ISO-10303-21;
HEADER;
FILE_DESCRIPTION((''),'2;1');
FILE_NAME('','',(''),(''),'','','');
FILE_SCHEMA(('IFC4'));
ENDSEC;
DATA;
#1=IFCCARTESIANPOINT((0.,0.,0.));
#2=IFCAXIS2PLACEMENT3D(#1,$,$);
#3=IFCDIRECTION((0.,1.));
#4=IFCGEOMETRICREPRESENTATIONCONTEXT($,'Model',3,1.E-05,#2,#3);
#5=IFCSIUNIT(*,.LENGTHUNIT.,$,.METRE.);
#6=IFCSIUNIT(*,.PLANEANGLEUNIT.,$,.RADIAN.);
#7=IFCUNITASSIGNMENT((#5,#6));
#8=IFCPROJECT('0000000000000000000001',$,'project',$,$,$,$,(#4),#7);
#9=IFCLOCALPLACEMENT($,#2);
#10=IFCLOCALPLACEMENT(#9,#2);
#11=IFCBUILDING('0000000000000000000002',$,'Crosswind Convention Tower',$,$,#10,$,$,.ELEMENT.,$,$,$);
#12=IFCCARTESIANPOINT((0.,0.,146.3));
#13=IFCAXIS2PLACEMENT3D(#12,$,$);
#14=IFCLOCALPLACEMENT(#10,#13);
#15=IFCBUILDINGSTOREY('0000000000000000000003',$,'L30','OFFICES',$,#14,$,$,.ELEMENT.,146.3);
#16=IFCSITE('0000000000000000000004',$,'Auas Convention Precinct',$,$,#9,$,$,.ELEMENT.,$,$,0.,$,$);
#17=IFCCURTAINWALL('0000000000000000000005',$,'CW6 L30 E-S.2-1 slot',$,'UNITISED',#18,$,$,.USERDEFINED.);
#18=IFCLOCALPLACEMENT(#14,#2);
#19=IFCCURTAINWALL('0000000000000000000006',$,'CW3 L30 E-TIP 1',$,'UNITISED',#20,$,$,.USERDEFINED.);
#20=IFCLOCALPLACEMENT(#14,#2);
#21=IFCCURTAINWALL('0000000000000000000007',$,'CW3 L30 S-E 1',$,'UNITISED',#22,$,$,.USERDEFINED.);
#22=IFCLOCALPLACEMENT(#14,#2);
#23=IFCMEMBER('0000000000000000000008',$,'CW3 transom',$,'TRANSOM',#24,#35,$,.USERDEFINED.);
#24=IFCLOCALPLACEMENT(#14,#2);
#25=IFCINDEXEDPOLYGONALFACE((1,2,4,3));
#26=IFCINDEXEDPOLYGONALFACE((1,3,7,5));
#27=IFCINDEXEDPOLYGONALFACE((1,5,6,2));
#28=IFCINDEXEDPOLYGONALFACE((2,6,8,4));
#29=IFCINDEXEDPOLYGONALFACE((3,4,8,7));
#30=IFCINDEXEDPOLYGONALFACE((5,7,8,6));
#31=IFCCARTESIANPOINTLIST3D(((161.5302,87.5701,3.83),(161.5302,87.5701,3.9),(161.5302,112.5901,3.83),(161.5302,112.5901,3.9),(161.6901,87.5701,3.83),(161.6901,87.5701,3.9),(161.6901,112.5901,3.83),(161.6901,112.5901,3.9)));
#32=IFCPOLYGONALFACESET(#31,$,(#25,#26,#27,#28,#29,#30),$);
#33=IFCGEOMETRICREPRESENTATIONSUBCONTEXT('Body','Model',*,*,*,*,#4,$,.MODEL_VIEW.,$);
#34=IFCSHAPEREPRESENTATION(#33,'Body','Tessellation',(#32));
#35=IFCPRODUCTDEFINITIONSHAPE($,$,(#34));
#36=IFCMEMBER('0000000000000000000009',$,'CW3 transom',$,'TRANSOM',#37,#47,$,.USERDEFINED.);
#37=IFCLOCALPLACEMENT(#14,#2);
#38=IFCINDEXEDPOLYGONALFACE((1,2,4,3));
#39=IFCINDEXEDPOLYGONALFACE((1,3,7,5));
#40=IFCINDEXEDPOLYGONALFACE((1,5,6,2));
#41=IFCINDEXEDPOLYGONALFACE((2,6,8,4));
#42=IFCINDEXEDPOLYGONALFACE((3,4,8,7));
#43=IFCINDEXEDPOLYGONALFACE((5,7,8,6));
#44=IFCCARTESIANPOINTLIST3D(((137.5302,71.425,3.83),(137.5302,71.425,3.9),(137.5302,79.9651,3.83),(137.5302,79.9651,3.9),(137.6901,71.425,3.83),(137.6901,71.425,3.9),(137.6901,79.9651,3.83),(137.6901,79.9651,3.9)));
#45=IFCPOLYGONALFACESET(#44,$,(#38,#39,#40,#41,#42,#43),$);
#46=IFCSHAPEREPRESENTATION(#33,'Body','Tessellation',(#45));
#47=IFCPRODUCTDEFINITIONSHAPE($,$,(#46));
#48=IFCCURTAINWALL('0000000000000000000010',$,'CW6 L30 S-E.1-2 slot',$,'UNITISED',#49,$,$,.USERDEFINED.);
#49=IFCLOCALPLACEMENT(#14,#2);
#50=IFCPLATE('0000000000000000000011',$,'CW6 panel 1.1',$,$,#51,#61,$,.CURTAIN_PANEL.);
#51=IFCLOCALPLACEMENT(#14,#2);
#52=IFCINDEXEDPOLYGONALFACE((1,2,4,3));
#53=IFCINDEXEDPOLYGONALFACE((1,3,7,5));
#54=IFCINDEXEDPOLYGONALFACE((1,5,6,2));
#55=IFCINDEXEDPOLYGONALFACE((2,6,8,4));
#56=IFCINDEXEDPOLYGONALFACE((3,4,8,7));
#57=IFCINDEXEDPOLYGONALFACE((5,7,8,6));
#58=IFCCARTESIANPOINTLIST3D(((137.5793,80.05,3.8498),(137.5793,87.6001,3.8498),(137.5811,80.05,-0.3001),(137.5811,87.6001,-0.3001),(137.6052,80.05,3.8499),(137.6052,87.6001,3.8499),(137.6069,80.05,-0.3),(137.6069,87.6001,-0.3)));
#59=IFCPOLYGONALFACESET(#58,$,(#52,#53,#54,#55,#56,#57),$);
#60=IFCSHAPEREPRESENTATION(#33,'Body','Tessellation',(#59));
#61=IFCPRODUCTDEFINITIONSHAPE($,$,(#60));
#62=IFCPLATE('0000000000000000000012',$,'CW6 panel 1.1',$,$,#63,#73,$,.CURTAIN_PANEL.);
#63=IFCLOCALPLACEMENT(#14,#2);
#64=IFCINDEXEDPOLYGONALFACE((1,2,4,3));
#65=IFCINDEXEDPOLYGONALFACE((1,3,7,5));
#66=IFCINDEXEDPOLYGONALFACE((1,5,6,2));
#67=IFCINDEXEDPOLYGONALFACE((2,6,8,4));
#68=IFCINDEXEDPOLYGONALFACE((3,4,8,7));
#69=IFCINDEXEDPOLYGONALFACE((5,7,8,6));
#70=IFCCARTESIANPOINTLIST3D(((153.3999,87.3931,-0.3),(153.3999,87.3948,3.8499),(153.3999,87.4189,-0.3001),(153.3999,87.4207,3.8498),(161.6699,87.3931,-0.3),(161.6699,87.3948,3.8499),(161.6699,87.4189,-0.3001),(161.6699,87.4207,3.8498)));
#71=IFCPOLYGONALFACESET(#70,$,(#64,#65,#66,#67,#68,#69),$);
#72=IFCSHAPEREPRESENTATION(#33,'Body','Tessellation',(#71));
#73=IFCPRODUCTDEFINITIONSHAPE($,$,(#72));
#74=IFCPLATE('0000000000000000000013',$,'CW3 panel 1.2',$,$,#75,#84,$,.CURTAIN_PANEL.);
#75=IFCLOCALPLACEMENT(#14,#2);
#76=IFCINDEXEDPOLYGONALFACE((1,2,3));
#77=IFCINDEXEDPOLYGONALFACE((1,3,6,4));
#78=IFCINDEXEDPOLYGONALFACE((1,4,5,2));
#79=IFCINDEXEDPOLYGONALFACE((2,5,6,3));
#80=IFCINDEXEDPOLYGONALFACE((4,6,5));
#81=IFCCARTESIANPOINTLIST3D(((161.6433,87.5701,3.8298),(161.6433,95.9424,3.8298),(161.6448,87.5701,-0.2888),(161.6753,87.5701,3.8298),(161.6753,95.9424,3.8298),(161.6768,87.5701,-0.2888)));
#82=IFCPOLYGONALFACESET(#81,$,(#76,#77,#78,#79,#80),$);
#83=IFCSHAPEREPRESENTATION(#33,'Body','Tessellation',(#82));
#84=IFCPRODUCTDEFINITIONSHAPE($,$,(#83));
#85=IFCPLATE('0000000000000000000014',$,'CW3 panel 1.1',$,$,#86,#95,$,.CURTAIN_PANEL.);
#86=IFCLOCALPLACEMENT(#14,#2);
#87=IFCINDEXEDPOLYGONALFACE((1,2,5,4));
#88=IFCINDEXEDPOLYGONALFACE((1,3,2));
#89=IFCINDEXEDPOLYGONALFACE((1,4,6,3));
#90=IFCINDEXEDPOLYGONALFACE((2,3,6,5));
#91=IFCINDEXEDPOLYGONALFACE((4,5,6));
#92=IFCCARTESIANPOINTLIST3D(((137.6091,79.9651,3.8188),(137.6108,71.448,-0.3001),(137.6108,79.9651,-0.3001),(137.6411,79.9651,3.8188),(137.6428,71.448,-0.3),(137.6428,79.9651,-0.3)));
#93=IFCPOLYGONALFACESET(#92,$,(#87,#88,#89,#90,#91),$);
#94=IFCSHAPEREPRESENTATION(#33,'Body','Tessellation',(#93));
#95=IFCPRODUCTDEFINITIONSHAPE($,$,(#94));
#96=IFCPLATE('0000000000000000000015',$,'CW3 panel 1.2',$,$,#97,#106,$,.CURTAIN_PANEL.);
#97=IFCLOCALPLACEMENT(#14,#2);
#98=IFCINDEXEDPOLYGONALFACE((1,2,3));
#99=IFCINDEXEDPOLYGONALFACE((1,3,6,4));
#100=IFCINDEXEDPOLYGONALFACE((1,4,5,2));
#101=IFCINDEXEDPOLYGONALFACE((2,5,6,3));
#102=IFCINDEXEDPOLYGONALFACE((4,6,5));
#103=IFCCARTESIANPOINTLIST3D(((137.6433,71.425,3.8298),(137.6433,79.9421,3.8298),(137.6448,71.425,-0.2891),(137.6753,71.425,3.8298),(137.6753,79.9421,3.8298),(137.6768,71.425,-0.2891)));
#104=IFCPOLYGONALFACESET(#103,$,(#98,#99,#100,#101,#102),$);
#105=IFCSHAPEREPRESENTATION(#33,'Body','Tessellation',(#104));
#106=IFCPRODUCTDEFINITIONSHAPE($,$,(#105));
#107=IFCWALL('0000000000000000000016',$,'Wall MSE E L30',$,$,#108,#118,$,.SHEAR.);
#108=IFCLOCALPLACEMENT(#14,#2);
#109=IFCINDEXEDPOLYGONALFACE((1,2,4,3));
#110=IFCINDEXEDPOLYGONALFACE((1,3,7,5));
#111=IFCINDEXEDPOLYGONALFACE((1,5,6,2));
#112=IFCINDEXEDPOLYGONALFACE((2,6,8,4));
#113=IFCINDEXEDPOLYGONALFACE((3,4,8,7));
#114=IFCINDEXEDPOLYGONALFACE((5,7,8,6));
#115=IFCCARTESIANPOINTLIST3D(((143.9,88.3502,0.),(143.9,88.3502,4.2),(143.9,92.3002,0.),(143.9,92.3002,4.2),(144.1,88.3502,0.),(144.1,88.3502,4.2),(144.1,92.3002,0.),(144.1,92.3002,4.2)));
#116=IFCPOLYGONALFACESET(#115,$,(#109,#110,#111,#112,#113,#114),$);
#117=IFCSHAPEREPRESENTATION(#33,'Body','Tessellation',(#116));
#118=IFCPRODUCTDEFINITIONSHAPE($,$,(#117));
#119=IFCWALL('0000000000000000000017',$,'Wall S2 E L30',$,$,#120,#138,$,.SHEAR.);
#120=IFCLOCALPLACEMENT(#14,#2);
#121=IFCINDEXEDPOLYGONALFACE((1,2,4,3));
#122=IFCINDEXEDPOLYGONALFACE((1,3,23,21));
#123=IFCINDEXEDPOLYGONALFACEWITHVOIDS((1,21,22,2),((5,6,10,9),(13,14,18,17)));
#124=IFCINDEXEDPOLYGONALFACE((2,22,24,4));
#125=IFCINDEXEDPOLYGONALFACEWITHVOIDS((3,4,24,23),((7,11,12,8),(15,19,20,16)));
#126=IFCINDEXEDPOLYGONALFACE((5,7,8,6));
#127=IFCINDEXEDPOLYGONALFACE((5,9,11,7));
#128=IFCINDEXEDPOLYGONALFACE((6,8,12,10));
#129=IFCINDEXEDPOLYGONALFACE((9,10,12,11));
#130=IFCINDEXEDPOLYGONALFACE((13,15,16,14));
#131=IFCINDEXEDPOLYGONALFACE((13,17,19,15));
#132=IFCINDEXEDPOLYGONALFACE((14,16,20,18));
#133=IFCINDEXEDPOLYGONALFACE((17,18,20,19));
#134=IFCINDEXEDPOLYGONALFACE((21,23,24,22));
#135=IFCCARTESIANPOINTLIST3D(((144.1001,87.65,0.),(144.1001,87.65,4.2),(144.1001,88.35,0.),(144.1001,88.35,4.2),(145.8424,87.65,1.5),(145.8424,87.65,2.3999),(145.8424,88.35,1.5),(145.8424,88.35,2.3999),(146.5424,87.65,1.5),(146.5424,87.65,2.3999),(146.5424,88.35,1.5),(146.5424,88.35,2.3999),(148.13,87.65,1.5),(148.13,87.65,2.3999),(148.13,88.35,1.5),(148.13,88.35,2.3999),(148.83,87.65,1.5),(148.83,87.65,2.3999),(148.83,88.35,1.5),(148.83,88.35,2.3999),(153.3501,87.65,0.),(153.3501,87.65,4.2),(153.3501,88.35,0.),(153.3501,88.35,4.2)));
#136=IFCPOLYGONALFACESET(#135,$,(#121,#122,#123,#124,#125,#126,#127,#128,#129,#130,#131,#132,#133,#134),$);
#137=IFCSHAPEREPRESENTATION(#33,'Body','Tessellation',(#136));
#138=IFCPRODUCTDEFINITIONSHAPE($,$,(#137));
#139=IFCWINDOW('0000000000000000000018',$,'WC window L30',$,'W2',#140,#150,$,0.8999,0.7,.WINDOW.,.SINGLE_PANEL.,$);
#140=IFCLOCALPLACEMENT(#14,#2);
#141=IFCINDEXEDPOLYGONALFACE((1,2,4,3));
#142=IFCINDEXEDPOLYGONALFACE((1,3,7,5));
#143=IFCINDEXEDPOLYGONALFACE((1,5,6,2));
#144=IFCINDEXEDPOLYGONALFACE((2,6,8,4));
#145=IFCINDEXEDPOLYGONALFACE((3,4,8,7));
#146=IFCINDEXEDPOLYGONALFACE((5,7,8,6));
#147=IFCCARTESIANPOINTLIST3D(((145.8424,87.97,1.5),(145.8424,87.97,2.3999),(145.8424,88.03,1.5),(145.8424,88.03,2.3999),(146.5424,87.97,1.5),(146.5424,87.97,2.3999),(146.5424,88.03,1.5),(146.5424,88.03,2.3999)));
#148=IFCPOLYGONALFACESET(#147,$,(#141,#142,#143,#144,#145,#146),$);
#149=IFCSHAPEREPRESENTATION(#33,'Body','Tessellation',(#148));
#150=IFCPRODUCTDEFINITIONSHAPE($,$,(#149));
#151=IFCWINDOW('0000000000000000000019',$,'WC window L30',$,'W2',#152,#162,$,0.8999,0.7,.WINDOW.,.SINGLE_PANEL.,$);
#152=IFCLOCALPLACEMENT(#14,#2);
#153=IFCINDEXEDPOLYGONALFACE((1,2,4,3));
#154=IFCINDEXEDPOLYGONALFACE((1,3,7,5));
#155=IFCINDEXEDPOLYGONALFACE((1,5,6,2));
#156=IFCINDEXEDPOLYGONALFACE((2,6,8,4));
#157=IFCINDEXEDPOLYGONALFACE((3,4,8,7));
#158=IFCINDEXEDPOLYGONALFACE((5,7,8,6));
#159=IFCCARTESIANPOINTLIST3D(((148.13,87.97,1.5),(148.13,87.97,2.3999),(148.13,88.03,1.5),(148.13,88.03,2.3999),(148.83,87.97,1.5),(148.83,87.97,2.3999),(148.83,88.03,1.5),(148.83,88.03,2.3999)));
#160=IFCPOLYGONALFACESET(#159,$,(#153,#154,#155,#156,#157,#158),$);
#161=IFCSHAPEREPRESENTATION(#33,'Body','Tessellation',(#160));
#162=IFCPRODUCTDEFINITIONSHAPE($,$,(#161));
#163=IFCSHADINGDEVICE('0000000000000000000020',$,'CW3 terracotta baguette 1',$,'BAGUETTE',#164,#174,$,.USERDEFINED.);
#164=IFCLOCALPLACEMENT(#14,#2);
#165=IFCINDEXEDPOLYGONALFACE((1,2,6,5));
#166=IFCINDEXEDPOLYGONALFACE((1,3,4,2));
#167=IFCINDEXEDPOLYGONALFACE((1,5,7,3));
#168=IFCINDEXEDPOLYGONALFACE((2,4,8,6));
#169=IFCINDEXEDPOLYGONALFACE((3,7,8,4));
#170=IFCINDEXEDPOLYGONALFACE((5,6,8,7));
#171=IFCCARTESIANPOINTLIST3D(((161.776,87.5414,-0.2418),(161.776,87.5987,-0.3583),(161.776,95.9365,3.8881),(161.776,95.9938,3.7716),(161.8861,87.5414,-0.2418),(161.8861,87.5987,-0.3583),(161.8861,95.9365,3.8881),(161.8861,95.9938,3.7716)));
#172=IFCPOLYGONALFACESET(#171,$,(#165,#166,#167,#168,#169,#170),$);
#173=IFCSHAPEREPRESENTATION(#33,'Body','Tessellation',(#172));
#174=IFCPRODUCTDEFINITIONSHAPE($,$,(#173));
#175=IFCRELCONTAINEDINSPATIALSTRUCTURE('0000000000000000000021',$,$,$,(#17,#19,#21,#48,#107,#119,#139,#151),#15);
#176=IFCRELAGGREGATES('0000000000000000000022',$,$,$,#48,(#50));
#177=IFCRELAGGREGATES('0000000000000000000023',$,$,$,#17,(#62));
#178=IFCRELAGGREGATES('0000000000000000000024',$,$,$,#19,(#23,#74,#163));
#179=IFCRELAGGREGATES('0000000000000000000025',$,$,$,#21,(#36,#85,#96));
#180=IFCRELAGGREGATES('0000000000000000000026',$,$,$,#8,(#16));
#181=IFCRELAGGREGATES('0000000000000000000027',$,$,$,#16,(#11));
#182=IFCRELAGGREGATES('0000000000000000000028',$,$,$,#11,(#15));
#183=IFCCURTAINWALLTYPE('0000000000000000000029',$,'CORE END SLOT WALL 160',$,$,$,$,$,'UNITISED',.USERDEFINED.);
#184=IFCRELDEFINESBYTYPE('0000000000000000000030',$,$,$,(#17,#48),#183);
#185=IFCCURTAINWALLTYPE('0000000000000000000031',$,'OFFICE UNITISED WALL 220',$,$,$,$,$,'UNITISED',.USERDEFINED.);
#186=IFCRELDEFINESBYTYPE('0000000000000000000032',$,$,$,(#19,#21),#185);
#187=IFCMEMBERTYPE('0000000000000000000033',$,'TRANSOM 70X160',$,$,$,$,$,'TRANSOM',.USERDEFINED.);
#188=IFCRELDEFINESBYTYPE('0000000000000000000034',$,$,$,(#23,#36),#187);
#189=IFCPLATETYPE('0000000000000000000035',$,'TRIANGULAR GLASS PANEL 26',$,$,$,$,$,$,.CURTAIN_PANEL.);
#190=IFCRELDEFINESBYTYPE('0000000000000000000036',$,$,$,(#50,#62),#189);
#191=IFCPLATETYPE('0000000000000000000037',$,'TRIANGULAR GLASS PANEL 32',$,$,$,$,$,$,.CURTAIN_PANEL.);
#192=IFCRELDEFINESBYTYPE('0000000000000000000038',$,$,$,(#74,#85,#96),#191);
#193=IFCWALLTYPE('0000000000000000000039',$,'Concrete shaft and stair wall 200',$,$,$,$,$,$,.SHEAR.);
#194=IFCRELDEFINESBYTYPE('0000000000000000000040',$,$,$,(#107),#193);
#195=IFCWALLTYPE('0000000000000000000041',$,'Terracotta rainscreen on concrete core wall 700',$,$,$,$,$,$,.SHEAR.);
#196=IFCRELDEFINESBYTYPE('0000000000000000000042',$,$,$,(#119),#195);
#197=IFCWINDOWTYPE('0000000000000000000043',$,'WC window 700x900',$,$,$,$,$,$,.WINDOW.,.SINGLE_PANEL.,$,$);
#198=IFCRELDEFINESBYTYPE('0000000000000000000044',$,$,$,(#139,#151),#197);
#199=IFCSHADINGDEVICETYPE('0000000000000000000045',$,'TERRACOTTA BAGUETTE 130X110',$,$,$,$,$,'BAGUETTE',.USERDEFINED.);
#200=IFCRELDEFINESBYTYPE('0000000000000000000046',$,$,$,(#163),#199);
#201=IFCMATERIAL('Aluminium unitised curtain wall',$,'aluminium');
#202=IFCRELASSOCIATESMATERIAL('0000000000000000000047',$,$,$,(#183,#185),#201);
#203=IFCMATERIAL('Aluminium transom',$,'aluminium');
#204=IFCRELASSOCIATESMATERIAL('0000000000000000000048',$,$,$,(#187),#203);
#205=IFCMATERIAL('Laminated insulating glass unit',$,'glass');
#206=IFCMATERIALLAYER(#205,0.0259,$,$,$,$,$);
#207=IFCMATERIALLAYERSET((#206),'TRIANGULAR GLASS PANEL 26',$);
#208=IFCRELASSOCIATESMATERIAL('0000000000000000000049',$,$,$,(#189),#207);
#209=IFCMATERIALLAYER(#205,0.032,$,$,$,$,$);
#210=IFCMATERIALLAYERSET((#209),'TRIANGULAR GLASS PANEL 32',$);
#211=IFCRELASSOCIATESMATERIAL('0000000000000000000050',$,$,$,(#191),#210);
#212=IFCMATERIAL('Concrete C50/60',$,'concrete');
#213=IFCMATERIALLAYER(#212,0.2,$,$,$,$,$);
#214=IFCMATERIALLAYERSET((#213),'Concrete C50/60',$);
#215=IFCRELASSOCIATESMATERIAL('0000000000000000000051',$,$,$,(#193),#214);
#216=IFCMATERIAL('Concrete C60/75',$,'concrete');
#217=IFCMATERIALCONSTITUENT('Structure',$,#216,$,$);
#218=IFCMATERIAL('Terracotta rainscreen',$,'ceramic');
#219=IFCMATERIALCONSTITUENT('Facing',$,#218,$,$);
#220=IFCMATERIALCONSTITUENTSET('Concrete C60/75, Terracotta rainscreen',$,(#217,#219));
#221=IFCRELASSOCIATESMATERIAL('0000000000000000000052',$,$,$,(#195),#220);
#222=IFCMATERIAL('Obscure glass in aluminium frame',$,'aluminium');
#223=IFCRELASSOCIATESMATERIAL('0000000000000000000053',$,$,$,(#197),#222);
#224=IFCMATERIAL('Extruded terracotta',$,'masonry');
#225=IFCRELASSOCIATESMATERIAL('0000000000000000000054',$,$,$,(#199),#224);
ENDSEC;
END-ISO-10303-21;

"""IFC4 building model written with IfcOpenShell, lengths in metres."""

from ifc_helpers import new_model, si_unit, direction, frame, frame_2d, origin, origin_2d, place, context, subcontext, project, spatial, polyline, rectangle, outline, extrude, material, layer, layer_set, constituent, constituent_set, material_profile, profile_set, type_object, element, fill, aggregate, save


model = new_model("IFC4")

# Units and contexts
model_context = context("Model", 3, precision=1e-05, world=origin(), true_north=direction((0.0, 1.0)))
body_context = subcontext(model_context, "Body", "Model", "MODEL_VIEW")
ifc_project = project(units=[si_unit("LENGTHUNIT", "METRE"), si_unit("PLANEANGLEUNIT", "RADIAN")], contexts=[model_context])

# Site, building, storey
site_placement = place(None, origin())
site = spatial("IfcSite", under=ifc_project, at=site_placement, Name="Auas Convention Precinct", CompositionType="ELEMENT", RefElevation=0.0)
building_placement = place(site_placement, origin())
building = spatial("IfcBuilding", under=site, at=building_placement, Name="Crosswind Convention Tower", CompositionType="ELEMENT")
storey_placement = place(building_placement, frame((0.0, 0.0, 146.3)))
storey = spatial("IfcBuildingStorey", under=building, at=storey_placement, Name="L30", Description="OFFICES", CompositionType="ELEMENT", Elevation=146.3)

# Shared definitions
ifc_material_1 = material(Name="Concrete C60/75", Category="concrete")

# Curtain wall
ifc_material_2 = material(Name="Aluminium unitised curtain wall", Category="aluminium")
curtain_wall_type_1 = type_object("IfcCurtainWallType", Name="CORE END SLOT WALL 160", ElementType="UNITISED", PredefinedType="USERDEFINED", material=ifc_material_2)
curtain_wall_1_placement = place(storey_placement, origin())
curtain_wall_1 = element("IfcCurtainWall", 1, at=curtain_wall_1_placement, inside=storey, type_object=curtain_wall_type_1, Name="CW6 L30 E-S.2-1 slot", ObjectType="UNITISED", PredefinedType="USERDEFINED")

# Curtain walls
curtain_wall_type_2 = type_object("IfcCurtainWallType", Name="OFFICE UNITISED WALL 220", ElementType="UNITISED", PredefinedType="USERDEFINED", material=ifc_material_2)
curtain_wall_2_placement = place(storey_placement, origin())
curtain_wall_2 = element("IfcCurtainWall", 2, at=curtain_wall_2_placement, inside=storey, type_object=curtain_wall_type_2, Name="CW3 L30 E-TIP 1", ObjectType="UNITISED", PredefinedType="USERDEFINED")
curtain_wall_3_placement = place(storey_placement, origin())
curtain_wall_3 = element("IfcCurtainWall", 3, at=curtain_wall_3_placement, inside=storey, type_object=curtain_wall_type_2, Name="CW3 L30 S-E 1", ObjectType="UNITISED", PredefinedType="USERDEFINED")

# Members
ifc_material_3 = material(Name="Aluminium transom", Category="aluminium")
ifc_material_profile_1 = material_profile(ifc_material_3, rectangle(XDim=0.1599, YDim=0.0701, at=origin_2d()), Name="AL 160X70")
ifc_profile_set_1 = profile_set([ifc_material_profile_1], Name="Aluminium transom")
member_type_1 = type_object("IfcMemberType", Name="TRANSOM 70X160", ElementType="TRANSOM", PredefinedType="USERDEFINED", material=ifc_profile_set_1)
member_1_placement = place(storey_placement, frame((161.6101, 87.5701, 3.865), z_axis=(0.0, 1.0, 0.0), x_axis=(-1.0, 0.0, 0.0)))
member_1 = element("IfcMember", 4, at=member_1_placement, type_object=member_type_1, Name="CW3 transom", ObjectType="TRANSOM", PredefinedType="USERDEFINED", context=body_context, shape_type="SweptSolid", body=[
    extrude(rectangle(XDim=0.1599, YDim=0.0701, at=origin_2d()), origin(), (0.0, 0.0, 1.0), 25.02),
])
member_2_placement = place(storey_placement, frame((137.6101, 71.425, 3.865), z_axis=(0.0, 1.0, 0.0), x_axis=(-1.0, 0.0, 0.0)))
member_2 = element("IfcMember", 5, at=member_2_placement, type_object=member_type_1, Name="CW3 transom", ObjectType="TRANSOM", PredefinedType="USERDEFINED", context=body_context, shape_type="SweptSolid", body=[
    extrude(rectangle(XDim=0.1599, YDim=0.0701, at=origin_2d()), origin(), (0.0, 0.0, 1.0), 8.54),
])

# Curtain wall, plate
curtain_wall_4_placement = place(storey_placement, origin())
curtain_wall_4 = element("IfcCurtainWall", 6, at=curtain_wall_4_placement, inside=storey, type_object=curtain_wall_type_1, Name="CW6 L30 S-E.1-2 slot", ObjectType="UNITISED", PredefinedType="USERDEFINED")
ifc_material_4 = material(Name="Laminated insulating glass unit", Category="glass")
ifc_layer_1 = layer(ifc_material_4, 0.0259)
ifc_layer_set_1 = layer_set([ifc_layer_1], Name="TRIANGULAR GLASS PANEL 26")
plate_type_1 = type_object("IfcPlateType", Name="TRIANGULAR GLASS PANEL 26", PredefinedType="CURTAIN_PANEL", material=ifc_layer_set_1)
plate_1_placement = place(storey_placement, frame((137.6069, 80.05, -0.3), z_axis=(1.0, 0.0, 0.000412), x_axis=(0.0, 1.0, 0.0)))
plate_1 = element("IfcPlate", 7, at=plate_1_placement, type_object=plate_type_1, Name="CW6 panel 1.1", PredefinedType="CURTAIN_PANEL", context=body_context, shape_type="SweptSolid", body=[
    extrude(outline(polyline([(0.0, 0.0), (7.55, 0.0), (7.55, 4.1499), (0.0, 4.1499), (0.0, 0.0)])), origin(), (0.0, 0.0, -1.0), 0.0259),
])
aggregate(curtain_wall_4, [plate_1])

# Plates
plate_2_placement = place(storey_placement, frame((153.3999, 87.3931, -0.3), z_axis=(0.0, -1.0, 0.000412), x_axis=(1.0, 0.0, 0.0)))
plate_2 = element("IfcPlate", 8, at=plate_2_placement, type_object=plate_type_1, Name="CW6 panel 1.1", PredefinedType="CURTAIN_PANEL", context=body_context, shape_type="SweptSolid", body=[
    extrude(outline(polyline([(0.0, 0.0), (8.27, 0.0), (8.27, 4.1499), (0.0, 4.1499), (0.0, 0.0)])), origin(), (0.0, 0.0, -1.0), 0.0259),
])
aggregate(curtain_wall_1, [plate_2])
ifc_layer_2 = layer(ifc_material_4, 0.032)
ifc_layer_set_2 = layer_set([ifc_layer_2], Name="TRIANGULAR GLASS PANEL 32")
plate_type_2 = type_object("IfcPlateType", Name="TRIANGULAR GLASS PANEL 32", PredefinedType="CURTAIN_PANEL", material=ifc_layer_set_2)
plate_3_placement = place(storey_placement, frame((161.6753, 87.5701, 3.8298), z_axis=(1.0, 0.0, 0.000356), x_axis=(0.000356, 0.0, -1.0)))
plate_3 = element("IfcPlate", 9, at=plate_3_placement, type_object=plate_type_2, Name="CW3 panel 1.2", PredefinedType="CURTAIN_PANEL", context=body_context, shape_type="SweptSolid", body=[
    extrude(outline(polyline([(0.0, 0.0), (4.1187, 0.0), (0.0, 8.3723), (0.0, 0.0)])), origin(), (0.0, 0.0, -1.0), 0.032),
])
plate_4_placement = place(storey_placement, frame((137.6428, 79.9651, -0.3), z_axis=(1.0, 0.0, 0.000415), x_axis=(-0.000415, 0.0, 1.0)))
plate_4 = element("IfcPlate", 10, at=plate_4_placement, type_object=plate_type_2, Name="CW3 panel 1.1", PredefinedType="CURTAIN_PANEL", context=body_context, shape_type="SweptSolid", body=[
    extrude(outline(polyline([(0.0, 0.0), (4.1189, 0.0), (0.0, 8.5171), (0.0, 0.0)])), origin(), (0.0, 0.0, -1.0), 0.032),
])
plate_5_placement = place(storey_placement, frame((137.6753, 71.425, 3.8298), z_axis=(1.0, 0.0, 0.000356), x_axis=(0.000356, 0.0, -1.0)))
plate_5 = element("IfcPlate", 11, at=plate_5_placement, type_object=plate_type_2, Name="CW3 panel 1.2", PredefinedType="CURTAIN_PANEL", context=body_context, shape_type="SweptSolid", body=[
    extrude(outline(polyline([(0.0, 0.0), (4.1189, 0.0), (0.0, 8.5171), (0.0, 0.0)])), origin(), (0.0, 0.0, -1.0), 0.032),
])

# Wall
ifc_material_5 = material(Name="Concrete C50/60", Category="concrete")
ifc_layer_3 = layer(ifc_material_5, 0.2)
ifc_layer_set_3 = layer_set([ifc_layer_3], Name="Concrete C50/60")
wall_type_1 = type_object("IfcWallType", Name="Concrete shaft and stair wall 200", PredefinedType="SHEAR", material=ifc_layer_set_3)
wall_1_placement = place(storey_placement, frame((144.0, 88.3501, 0.0), z_axis=(0.0, 0.0, 1.0), x_axis=(0.0, 1.0, 0.0)))
element("IfcWall", 12, at=wall_1_placement, inside=storey, type_object=wall_type_1, Name="Wall MSE E L30", PredefinedType="SHEAR", context=body_context, shape_type="SweptSolid", body=[
    extrude(rectangle(XDim=3.95, YDim=0.2, at=frame_2d((1.9751, 0.0))), origin(), (0.0, 0.0, 1.0), 4.2),
])

# Wall, openings, windows
ifc_constituent_1 = constituent(ifc_material_1, Name="Structure")
ifc_material_6 = material(Name="Terracotta rainscreen", Category="ceramic")
ifc_constituent_2 = constituent(ifc_material_6, Name="Facing")
ifc_constituent_set = constituent_set(constituents=[ifc_constituent_1, ifc_constituent_2], Name="Concrete C60/75, Terracotta rainscreen")
wall_type_2 = type_object("IfcWallType", Name="Terracotta rainscreen on concrete core wall 700", PredefinedType="SHEAR", material=ifc_constituent_set)
wall_2_placement = place(storey_placement, frame((144.1001, 88.0, 0.0), z_axis=(0.0, 0.0, 1.0), x_axis=(1.0, 0.0, 0.0)))
wall_2 = element("IfcWall", 13, at=wall_2_placement, inside=storey, type_object=wall_type_2, Name="Wall S2 E L30", PredefinedType="SHEAR", context=body_context, shape_type="SweptSolid", body=[
    extrude(rectangle(XDim=9.25, YDim=0.7, at=frame_2d((4.625, 0.0))), origin(), (0.0, 0.0, 1.0), 4.2),
])
opening_1_placement = place(wall_2_placement, frame((1.7422, 0.0, 1.5)))
opening_1 = element("IfcOpeningElement", 14, at=opening_1_placement, cuts=wall_2, PredefinedType="OPENING", context=body_context, shape_type="SweptSolid", body=[
    extrude(rectangle(XDim=0.7, YDim=0.8999, at=frame_2d((0.3501, 0.45))), frame((0.0, 0.3599, 0.0), z_axis=(0.0, -1.0, 0.0), x_axis=(1.0, 0.0, 0.0)), (0.0, 0.0, 1.0), 0.72),
])
opening_2_placement = place(wall_2_placement, frame((4.0298, 0.0, 1.5)))
opening_2 = element("IfcOpeningElement", 15, at=opening_2_placement, cuts=wall_2, PredefinedType="OPENING", context=body_context, shape_type="SweptSolid", body=[
    extrude(rectangle(XDim=0.7, YDim=0.8999, at=frame_2d((0.3501, 0.45))), frame((0.0, 0.3599, 0.0), z_axis=(0.0, -1.0, 0.0), x_axis=(1.0, 0.0, 0.0)), (0.0, 0.0, 1.0), 0.72),
])
ifc_material_7 = material(Name="Obscure glass in aluminium frame", Category="aluminium")
window_type = type_object("IfcWindowType", Name="WC window 700x900", PartitioningType="SINGLE_PANEL", PredefinedType="WINDOW", material=ifc_material_7)
window_1_placement = place(opening_1_placement, origin())
window_1 = element("IfcWindow", 16, at=window_1_placement, inside=storey, type_object=window_type, Name="WC window L30", ObjectType="W2", OverallHeight=0.8999, OverallWidth=0.7, PartitioningType="SINGLE_PANEL", PredefinedType="WINDOW", context=body_context, shape_type="SweptSolid", body=[
    extrude(rectangle(XDim=0.7, YDim=0.8999, at=frame_2d((0.3501, 0.45))), frame((0.0, 0.03, 0.0), z_axis=(0.0, -1.0, 0.0), x_axis=(1.0, 0.0, 0.0)), (0.0, 0.0, 1.0), 0.0601),
])
fill(opening_1, window_1)
window_2_placement = place(opening_2_placement, origin())
window_2 = element("IfcWindow", 17, at=window_2_placement, inside=storey, type_object=window_type, Name="WC window L30", ObjectType="W2", OverallHeight=0.8999, OverallWidth=0.7, PartitioningType="SINGLE_PANEL", PredefinedType="WINDOW", context=body_context, shape_type="SweptSolid", body=[
    extrude(rectangle(XDim=0.7, YDim=0.8999, at=frame_2d((0.3501, 0.45))), frame((0.0, 0.03, 0.0), z_axis=(0.0, -1.0, 0.0), x_axis=(1.0, 0.0, 0.0)), (0.0, 0.0, 1.0), 0.0601),
])
fill(opening_2, window_2)

# Shading device
ifc_material_8 = material(Name="Extruded terracotta", Category="masonry")
ifc_material_profile_2 = material_profile(ifc_material_8, rectangle(XDim=0.1101, YDim=0.1299, at=origin_2d()), Name="TC 110X130")
ifc_profile_set_2 = profile_set([ifc_material_profile_2], Name="Extruded terracotta")
shading_device_type = type_object("IfcShadingDeviceType", Name="TERRACOTTA BAGUETTE 130X110", ElementType="BAGUETTE", PredefinedType="USERDEFINED", material=ifc_profile_set_2)
shading_device_1_placement = place(storey_placement, frame((161.8311, 87.5701, -0.3), z_axis=(0.0, 0.8973, 0.441422), x_axis=(-1.0, 0.0, 0.0)))
shading_device_1 = element("IfcShadingDevice", 18, at=shading_device_1_placement, type_object=shading_device_type, Name="CW3 terracotta baguette 1", ObjectType="BAGUETTE", PredefinedType="USERDEFINED", context=body_context, shape_type="SweptSolid", body=[
    extrude(rectangle(XDim=0.1101, YDim=0.1299, at=origin_2d()), origin(), (0.0, 0.0, 1.0), 9.356),
])
aggregate(curtain_wall_2, [member_1, plate_3, shading_device_1])
aggregate(curtain_wall_3, [member_2, plate_4, plate_5])

save(model, "model.ifc")
